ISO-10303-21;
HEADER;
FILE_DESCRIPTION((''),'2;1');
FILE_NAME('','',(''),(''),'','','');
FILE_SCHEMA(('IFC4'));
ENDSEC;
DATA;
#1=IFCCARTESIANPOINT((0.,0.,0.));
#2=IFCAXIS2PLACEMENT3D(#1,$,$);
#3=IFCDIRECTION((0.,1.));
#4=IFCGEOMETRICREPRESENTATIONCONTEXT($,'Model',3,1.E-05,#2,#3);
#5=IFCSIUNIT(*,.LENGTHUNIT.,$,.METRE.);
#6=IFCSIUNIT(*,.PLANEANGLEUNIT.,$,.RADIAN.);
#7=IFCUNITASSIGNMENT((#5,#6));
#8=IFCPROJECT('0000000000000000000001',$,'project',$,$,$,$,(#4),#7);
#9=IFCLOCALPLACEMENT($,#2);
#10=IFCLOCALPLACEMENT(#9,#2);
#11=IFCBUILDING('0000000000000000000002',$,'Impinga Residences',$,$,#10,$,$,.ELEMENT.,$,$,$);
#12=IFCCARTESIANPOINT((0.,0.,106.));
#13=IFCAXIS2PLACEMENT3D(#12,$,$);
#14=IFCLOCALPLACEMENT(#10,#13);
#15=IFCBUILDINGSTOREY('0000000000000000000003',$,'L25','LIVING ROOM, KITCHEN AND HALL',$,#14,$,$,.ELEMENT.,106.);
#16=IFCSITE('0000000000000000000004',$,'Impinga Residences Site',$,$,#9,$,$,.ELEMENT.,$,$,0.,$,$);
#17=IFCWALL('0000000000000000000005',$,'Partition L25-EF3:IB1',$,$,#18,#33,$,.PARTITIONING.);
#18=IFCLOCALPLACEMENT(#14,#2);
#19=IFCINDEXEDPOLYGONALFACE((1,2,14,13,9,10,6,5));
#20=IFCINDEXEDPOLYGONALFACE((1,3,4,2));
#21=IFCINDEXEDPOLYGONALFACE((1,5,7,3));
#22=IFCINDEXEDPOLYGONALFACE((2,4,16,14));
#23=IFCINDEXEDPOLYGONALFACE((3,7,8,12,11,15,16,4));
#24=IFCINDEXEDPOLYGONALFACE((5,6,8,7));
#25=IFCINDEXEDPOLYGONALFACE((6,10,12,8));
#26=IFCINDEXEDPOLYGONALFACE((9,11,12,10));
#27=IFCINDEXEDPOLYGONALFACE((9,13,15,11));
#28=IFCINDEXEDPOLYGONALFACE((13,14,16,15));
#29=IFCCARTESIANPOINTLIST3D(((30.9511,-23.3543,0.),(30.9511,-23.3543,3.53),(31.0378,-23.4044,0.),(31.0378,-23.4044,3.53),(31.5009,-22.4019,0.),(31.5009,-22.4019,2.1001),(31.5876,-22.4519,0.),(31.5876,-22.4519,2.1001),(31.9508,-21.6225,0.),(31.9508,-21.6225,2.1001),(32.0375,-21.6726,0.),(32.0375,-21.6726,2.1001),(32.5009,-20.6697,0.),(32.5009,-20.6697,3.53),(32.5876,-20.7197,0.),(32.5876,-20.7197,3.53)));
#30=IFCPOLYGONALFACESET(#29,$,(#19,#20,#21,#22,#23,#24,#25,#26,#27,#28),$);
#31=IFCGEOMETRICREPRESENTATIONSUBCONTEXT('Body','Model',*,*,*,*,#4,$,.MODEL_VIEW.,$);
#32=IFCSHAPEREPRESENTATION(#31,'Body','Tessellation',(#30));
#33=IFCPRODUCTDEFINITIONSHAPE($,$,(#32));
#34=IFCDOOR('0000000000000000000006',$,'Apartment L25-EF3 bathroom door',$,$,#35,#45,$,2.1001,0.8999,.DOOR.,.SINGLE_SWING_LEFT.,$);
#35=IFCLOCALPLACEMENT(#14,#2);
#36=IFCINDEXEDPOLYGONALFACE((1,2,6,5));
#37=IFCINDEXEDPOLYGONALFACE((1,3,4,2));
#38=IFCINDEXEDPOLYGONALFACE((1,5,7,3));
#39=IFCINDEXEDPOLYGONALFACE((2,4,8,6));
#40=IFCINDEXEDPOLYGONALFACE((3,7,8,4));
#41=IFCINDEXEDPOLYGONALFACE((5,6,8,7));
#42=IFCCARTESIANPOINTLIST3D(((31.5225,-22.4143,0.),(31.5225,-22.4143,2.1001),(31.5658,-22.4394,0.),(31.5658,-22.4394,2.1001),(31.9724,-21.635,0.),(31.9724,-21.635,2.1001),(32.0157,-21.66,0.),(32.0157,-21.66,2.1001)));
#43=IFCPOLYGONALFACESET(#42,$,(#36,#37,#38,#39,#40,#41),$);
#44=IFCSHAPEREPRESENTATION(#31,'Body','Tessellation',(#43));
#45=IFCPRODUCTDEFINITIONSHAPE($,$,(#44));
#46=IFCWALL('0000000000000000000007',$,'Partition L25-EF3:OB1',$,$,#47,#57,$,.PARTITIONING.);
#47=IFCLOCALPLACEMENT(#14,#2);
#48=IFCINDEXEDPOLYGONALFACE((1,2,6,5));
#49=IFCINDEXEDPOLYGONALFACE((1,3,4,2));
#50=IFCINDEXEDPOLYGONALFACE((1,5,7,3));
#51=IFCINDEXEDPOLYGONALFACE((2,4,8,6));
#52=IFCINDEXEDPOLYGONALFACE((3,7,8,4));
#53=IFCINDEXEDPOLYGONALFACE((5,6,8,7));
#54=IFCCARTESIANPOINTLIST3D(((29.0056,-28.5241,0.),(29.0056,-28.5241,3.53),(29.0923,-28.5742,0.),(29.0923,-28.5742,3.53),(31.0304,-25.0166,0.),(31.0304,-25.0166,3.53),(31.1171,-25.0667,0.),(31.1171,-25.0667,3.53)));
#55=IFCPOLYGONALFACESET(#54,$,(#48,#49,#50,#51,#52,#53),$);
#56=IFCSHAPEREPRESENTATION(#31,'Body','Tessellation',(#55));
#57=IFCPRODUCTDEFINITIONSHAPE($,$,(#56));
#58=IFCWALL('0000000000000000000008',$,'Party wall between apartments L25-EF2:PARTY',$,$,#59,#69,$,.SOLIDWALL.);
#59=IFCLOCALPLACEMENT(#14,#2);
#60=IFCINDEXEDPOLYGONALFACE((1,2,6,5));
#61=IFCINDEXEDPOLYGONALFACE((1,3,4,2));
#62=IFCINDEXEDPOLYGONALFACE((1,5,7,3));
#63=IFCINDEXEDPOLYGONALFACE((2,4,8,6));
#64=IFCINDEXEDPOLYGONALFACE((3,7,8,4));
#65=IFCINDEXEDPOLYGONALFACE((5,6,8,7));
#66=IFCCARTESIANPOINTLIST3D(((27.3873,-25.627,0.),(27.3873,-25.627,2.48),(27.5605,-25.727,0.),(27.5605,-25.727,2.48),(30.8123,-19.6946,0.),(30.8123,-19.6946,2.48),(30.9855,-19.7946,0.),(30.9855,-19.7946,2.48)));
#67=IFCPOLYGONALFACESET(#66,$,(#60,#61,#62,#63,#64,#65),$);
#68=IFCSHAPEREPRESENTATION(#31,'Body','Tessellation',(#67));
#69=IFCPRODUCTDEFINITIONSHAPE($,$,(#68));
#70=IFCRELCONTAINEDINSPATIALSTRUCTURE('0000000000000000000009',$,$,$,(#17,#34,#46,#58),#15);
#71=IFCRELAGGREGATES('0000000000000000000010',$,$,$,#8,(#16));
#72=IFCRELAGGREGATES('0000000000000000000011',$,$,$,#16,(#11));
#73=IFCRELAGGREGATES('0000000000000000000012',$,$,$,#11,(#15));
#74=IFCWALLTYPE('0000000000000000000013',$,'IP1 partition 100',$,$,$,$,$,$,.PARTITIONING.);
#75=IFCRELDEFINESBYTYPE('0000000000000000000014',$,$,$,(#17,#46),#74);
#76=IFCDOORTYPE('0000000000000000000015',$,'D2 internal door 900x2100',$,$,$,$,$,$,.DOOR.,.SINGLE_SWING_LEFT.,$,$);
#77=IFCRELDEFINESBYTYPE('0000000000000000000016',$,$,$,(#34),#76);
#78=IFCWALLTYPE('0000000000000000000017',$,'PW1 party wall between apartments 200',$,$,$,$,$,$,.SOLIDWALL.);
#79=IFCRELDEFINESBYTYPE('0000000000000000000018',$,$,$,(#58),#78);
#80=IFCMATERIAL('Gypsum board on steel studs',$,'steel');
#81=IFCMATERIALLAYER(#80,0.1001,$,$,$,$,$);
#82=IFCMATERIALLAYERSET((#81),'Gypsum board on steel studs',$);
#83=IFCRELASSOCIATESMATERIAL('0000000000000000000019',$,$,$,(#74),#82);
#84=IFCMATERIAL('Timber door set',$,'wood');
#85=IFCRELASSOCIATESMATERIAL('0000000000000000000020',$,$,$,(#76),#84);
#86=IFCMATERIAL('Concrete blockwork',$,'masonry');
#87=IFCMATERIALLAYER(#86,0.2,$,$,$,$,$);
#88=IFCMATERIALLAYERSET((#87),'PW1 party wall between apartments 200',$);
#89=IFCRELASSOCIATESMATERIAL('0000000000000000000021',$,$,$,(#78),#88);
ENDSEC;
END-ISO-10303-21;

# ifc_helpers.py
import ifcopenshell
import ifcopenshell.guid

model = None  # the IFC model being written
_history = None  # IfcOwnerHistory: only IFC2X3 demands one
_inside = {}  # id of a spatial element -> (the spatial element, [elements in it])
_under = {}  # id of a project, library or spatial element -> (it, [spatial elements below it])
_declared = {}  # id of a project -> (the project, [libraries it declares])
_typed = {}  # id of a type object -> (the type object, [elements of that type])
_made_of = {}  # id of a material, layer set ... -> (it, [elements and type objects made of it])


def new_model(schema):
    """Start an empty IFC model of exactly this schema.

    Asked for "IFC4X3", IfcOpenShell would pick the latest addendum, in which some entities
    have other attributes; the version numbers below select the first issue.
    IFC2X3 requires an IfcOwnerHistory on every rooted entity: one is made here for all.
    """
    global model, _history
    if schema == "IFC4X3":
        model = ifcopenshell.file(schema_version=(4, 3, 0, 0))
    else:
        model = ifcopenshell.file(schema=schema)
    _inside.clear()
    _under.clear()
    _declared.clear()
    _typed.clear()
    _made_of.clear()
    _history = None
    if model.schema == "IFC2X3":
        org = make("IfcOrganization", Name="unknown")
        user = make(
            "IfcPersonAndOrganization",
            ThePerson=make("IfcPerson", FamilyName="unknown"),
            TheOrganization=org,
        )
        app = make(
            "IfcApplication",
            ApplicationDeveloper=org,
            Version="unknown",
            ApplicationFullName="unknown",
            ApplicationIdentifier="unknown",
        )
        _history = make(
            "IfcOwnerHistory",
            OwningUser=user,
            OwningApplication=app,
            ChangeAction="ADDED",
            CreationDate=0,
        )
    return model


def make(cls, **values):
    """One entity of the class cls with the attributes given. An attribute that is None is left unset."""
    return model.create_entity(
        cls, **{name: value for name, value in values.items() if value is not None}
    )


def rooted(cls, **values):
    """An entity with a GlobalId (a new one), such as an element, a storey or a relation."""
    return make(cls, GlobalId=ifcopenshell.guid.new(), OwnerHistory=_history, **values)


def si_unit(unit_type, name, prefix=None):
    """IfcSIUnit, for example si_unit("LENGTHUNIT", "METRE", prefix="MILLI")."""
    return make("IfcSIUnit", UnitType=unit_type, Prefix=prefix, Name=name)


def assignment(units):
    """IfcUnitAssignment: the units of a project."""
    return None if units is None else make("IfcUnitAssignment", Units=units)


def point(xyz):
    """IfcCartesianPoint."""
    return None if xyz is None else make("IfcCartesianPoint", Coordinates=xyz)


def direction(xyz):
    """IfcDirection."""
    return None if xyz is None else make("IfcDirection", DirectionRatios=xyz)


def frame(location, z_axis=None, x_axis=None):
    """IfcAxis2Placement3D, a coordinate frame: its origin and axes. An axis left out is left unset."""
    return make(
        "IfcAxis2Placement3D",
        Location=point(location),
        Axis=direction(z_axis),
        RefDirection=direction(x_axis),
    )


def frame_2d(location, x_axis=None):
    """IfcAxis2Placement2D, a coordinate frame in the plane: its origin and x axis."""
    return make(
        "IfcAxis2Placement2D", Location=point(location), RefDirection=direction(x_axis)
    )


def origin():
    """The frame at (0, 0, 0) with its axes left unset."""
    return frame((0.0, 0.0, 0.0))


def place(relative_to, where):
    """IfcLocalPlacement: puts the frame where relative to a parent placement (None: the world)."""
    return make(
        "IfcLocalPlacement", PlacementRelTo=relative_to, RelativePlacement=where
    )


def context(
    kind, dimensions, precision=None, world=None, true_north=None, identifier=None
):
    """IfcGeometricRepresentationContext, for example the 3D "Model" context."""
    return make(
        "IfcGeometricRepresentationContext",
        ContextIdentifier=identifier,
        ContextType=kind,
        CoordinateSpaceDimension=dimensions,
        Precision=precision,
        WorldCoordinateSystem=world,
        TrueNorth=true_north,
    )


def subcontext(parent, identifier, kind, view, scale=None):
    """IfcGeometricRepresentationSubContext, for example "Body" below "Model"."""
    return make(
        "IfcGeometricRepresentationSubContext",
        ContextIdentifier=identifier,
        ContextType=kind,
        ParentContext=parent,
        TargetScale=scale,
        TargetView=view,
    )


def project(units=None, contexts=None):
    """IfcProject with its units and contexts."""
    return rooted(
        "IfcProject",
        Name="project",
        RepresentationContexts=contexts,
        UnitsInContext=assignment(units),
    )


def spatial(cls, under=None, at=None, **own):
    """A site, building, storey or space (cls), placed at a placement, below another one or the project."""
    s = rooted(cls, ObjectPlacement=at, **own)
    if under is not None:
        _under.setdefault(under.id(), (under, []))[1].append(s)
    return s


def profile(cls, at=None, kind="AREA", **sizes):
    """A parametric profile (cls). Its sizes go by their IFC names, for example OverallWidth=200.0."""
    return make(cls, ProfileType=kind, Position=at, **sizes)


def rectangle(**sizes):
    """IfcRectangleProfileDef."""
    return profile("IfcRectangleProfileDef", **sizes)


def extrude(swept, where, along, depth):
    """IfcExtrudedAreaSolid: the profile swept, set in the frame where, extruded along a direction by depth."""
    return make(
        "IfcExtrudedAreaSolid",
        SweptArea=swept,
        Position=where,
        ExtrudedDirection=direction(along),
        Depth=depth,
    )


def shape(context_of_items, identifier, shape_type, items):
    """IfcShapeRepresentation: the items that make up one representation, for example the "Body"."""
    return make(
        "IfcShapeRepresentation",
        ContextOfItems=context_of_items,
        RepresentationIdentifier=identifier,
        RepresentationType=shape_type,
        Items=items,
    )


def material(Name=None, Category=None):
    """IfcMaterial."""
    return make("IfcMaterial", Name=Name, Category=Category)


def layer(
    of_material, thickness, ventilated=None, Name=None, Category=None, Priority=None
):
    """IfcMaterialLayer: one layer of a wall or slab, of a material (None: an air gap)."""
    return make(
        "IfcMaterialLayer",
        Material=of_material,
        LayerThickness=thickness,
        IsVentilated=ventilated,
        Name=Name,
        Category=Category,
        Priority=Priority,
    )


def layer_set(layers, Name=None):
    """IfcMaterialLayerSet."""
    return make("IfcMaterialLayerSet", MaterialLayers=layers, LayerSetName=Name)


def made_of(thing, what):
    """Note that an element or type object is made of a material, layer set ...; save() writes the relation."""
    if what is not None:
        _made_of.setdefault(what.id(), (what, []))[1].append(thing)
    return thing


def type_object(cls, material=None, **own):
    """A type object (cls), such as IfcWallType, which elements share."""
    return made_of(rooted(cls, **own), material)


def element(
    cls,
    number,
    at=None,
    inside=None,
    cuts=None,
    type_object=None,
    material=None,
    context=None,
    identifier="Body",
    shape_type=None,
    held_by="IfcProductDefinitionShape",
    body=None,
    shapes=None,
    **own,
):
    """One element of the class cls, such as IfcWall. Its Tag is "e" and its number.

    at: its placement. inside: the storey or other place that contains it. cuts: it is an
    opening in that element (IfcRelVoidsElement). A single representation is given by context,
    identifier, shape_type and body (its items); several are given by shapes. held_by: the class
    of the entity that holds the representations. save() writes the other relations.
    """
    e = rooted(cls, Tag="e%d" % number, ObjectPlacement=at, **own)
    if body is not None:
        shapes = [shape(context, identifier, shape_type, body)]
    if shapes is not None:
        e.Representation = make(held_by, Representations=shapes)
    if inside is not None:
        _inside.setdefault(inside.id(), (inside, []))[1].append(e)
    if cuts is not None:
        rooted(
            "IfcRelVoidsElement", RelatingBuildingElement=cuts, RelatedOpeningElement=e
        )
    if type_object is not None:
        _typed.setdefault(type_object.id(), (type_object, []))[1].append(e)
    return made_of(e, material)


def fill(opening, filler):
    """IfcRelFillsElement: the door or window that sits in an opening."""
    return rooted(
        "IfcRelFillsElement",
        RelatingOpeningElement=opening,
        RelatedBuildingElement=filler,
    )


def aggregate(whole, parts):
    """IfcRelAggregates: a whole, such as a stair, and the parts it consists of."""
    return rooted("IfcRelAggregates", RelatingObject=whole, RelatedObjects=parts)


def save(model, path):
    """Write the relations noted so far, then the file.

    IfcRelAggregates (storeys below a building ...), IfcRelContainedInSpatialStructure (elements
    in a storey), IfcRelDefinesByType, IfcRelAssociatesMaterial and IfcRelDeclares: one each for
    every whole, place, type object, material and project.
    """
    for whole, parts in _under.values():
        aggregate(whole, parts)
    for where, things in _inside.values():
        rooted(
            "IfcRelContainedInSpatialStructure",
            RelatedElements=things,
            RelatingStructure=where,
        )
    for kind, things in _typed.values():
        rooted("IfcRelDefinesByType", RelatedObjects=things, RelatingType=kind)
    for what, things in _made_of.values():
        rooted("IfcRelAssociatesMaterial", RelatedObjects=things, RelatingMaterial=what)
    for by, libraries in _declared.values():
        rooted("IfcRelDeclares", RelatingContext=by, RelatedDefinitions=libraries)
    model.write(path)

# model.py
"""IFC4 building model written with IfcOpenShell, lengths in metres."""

from ifc_helpers import new_model, si_unit, direction, frame, frame_2d, origin, place, context, subcontext, project, spatial, rectangle, extrude, material, layer, layer_set, type_object, element, fill, save


model = new_model("IFC4")

# Units and contexts
model_context = context("Model", 3, precision=1e-05, world=origin(), true_north=direction((0.0, 1.0)))
body_context = subcontext(model_context, "Body", "Model", "MODEL_VIEW")
ifc_project = project(units=[si_unit("LENGTHUNIT", "METRE"), si_unit("PLANEANGLEUNIT", "RADIAN")], contexts=[model_context])

# Site, building, storey
site_placement = place(None, origin())
site = spatial("IfcSite", under=ifc_project, at=site_placement, Name="Impinga Residences Site", CompositionType="ELEMENT", RefElevation=0.0)
building_placement = place(site_placement, origin())
building = spatial("IfcBuilding", under=site, at=building_placement, Name="Impinga Residences", CompositionType="ELEMENT")
storey_placement = place(building_placement, frame((0.0, 0.0, 106.0)))
storey = spatial("IfcBuildingStorey", under=building, at=storey_placement, Name="L25", Description="LIVING ROOM, KITCHEN AND HALL", CompositionType="ELEMENT", Elevation=106.0)

# Shared definitions
ifc_material_1 = material(Name="Gypsum board on steel studs", Category="steel")
ifc_layer_1 = layer(ifc_material_1, 0.1001)
ifc_layer_set_1 = layer_set([ifc_layer_1], Name="Gypsum board on steel studs")
wall_type_1 = type_object("IfcWallType", Name="IP1 partition 100", PredefinedType="PARTITIONING", material=ifc_layer_set_1)

# Shared definitions
ifc_material_2 = material(Name="Timber door set", Category="wood")
door_type = type_object("IfcDoorType", Name="D2 internal door 900x2100", OperationType="SINGLE_SWING_LEFT", PredefinedType="DOOR", material=ifc_material_2)

# Wall, opening, door
wall_1_placement = place(storey_placement, frame((32.5442, -20.6948, 0.0), z_axis=(0.0, 0.0, 1.0), x_axis=(-0.499968, -0.866044, 0.0)))
wall_1 = element("IfcWall", 1, at=wall_1_placement, inside=storey, type_object=wall_type_1, Name="Partition L25-EF3:IB1", PredefinedType="PARTITIONING", context=body_context, shape_type="SweptSolid", body=[
    extrude(rectangle(XDim=3.0999, YDim=0.1001, at=frame_2d((1.5498, 0.0))), origin(), (0.0, 0.0, 1.0), 3.53),
])
opening_1_placement = place(wall_1_placement, frame((1.1001, 0.0, 0.0)))
opening_1 = element("IfcOpeningElement", 2, at=opening_1_placement, cuts=wall_1, PredefinedType="OPENING", context=body_context, shape_type="SweptSolid", body=[
    extrude(rectangle(XDim=0.8999, YDim=2.1001, at=frame_2d((0.45, 1.05))), frame((0.0, 0.0601, 0.0), z_axis=(0.0, -1.0, 0.0), x_axis=(1.0, 0.0, 0.0)), (0.0, 0.0, 1.0), 0.1201),
])
door_1_placement = place(opening_1_placement, origin())
door_1 = element("IfcDoor", 3, at=door_1_placement, inside=storey, type_object=door_type, Name="Apartment L25-EF3 bathroom door", OperationType="SINGLE_SWING_LEFT", OverallHeight=2.1001, OverallWidth=0.8999, PredefinedType="DOOR", context=body_context, shape_type="SweptSolid", body=[
    extrude(rectangle(XDim=0.8999, YDim=2.1001, at=frame_2d((0.45, 1.05))), frame((0.0, 0.0249, 0.0), z_axis=(0.0, -1.0, 0.0), x_axis=(1.0, 0.0, 0.0)), (0.0, 0.0, 1.0), 0.05),
])
fill(opening_1, door_1)

# Walls
wall_2_placement = place(storey_placement, frame((31.0737, -25.0417, 0.0), z_axis=(0.0, 0.0, 1.0), x_axis=(-0.499964, -0.866046, 0.0)))
element("IfcWall", 4, at=wall_2_placement, inside=storey, type_object=wall_type_1, Name="Partition L25-EF3:OB1", PredefinedType="PARTITIONING", context=body_context, shape_type="SweptSolid", body=[
    extrude(rectangle(XDim=4.05, YDim=0.1001, at=frame_2d((2.0249, 0.0))), origin(), (0.0, 0.0, 1.0), 3.53),
])
ifc_material_3 = material(Name="Concrete blockwork", Category="masonry")
ifc_layer_2 = layer(ifc_material_3, 0.2)
ifc_layer_set_2 = layer_set([ifc_layer_2], Name="PW1 party wall between apartments 200")
wall_type_2 = type_object("IfcWallType", Name="PW1 party wall between apartments 200", PredefinedType="SOLIDWALL", material=ifc_layer_set_2)
wall_3_placement = place(storey_placement, frame((30.8989, -19.7446, 0.0), z_axis=(0.0, 0.0, 1.0), x_axis=(-0.499999, -0.866026, 0.0)))
element("IfcWall", 5, at=wall_3_placement, inside=storey, type_object=wall_type_2, Name="Party wall between apartments L25-EF2:PARTY", PredefinedType="SOLIDWALL", context=body_context, shape_type="SweptSolid", body=[
    extrude(rectangle(XDim=6.8501, YDim=0.2, at=frame_2d((3.425, 0.0))), origin(), (0.0, 0.0, 1.0), 2.48),
])

save(model, "model.ifc")
